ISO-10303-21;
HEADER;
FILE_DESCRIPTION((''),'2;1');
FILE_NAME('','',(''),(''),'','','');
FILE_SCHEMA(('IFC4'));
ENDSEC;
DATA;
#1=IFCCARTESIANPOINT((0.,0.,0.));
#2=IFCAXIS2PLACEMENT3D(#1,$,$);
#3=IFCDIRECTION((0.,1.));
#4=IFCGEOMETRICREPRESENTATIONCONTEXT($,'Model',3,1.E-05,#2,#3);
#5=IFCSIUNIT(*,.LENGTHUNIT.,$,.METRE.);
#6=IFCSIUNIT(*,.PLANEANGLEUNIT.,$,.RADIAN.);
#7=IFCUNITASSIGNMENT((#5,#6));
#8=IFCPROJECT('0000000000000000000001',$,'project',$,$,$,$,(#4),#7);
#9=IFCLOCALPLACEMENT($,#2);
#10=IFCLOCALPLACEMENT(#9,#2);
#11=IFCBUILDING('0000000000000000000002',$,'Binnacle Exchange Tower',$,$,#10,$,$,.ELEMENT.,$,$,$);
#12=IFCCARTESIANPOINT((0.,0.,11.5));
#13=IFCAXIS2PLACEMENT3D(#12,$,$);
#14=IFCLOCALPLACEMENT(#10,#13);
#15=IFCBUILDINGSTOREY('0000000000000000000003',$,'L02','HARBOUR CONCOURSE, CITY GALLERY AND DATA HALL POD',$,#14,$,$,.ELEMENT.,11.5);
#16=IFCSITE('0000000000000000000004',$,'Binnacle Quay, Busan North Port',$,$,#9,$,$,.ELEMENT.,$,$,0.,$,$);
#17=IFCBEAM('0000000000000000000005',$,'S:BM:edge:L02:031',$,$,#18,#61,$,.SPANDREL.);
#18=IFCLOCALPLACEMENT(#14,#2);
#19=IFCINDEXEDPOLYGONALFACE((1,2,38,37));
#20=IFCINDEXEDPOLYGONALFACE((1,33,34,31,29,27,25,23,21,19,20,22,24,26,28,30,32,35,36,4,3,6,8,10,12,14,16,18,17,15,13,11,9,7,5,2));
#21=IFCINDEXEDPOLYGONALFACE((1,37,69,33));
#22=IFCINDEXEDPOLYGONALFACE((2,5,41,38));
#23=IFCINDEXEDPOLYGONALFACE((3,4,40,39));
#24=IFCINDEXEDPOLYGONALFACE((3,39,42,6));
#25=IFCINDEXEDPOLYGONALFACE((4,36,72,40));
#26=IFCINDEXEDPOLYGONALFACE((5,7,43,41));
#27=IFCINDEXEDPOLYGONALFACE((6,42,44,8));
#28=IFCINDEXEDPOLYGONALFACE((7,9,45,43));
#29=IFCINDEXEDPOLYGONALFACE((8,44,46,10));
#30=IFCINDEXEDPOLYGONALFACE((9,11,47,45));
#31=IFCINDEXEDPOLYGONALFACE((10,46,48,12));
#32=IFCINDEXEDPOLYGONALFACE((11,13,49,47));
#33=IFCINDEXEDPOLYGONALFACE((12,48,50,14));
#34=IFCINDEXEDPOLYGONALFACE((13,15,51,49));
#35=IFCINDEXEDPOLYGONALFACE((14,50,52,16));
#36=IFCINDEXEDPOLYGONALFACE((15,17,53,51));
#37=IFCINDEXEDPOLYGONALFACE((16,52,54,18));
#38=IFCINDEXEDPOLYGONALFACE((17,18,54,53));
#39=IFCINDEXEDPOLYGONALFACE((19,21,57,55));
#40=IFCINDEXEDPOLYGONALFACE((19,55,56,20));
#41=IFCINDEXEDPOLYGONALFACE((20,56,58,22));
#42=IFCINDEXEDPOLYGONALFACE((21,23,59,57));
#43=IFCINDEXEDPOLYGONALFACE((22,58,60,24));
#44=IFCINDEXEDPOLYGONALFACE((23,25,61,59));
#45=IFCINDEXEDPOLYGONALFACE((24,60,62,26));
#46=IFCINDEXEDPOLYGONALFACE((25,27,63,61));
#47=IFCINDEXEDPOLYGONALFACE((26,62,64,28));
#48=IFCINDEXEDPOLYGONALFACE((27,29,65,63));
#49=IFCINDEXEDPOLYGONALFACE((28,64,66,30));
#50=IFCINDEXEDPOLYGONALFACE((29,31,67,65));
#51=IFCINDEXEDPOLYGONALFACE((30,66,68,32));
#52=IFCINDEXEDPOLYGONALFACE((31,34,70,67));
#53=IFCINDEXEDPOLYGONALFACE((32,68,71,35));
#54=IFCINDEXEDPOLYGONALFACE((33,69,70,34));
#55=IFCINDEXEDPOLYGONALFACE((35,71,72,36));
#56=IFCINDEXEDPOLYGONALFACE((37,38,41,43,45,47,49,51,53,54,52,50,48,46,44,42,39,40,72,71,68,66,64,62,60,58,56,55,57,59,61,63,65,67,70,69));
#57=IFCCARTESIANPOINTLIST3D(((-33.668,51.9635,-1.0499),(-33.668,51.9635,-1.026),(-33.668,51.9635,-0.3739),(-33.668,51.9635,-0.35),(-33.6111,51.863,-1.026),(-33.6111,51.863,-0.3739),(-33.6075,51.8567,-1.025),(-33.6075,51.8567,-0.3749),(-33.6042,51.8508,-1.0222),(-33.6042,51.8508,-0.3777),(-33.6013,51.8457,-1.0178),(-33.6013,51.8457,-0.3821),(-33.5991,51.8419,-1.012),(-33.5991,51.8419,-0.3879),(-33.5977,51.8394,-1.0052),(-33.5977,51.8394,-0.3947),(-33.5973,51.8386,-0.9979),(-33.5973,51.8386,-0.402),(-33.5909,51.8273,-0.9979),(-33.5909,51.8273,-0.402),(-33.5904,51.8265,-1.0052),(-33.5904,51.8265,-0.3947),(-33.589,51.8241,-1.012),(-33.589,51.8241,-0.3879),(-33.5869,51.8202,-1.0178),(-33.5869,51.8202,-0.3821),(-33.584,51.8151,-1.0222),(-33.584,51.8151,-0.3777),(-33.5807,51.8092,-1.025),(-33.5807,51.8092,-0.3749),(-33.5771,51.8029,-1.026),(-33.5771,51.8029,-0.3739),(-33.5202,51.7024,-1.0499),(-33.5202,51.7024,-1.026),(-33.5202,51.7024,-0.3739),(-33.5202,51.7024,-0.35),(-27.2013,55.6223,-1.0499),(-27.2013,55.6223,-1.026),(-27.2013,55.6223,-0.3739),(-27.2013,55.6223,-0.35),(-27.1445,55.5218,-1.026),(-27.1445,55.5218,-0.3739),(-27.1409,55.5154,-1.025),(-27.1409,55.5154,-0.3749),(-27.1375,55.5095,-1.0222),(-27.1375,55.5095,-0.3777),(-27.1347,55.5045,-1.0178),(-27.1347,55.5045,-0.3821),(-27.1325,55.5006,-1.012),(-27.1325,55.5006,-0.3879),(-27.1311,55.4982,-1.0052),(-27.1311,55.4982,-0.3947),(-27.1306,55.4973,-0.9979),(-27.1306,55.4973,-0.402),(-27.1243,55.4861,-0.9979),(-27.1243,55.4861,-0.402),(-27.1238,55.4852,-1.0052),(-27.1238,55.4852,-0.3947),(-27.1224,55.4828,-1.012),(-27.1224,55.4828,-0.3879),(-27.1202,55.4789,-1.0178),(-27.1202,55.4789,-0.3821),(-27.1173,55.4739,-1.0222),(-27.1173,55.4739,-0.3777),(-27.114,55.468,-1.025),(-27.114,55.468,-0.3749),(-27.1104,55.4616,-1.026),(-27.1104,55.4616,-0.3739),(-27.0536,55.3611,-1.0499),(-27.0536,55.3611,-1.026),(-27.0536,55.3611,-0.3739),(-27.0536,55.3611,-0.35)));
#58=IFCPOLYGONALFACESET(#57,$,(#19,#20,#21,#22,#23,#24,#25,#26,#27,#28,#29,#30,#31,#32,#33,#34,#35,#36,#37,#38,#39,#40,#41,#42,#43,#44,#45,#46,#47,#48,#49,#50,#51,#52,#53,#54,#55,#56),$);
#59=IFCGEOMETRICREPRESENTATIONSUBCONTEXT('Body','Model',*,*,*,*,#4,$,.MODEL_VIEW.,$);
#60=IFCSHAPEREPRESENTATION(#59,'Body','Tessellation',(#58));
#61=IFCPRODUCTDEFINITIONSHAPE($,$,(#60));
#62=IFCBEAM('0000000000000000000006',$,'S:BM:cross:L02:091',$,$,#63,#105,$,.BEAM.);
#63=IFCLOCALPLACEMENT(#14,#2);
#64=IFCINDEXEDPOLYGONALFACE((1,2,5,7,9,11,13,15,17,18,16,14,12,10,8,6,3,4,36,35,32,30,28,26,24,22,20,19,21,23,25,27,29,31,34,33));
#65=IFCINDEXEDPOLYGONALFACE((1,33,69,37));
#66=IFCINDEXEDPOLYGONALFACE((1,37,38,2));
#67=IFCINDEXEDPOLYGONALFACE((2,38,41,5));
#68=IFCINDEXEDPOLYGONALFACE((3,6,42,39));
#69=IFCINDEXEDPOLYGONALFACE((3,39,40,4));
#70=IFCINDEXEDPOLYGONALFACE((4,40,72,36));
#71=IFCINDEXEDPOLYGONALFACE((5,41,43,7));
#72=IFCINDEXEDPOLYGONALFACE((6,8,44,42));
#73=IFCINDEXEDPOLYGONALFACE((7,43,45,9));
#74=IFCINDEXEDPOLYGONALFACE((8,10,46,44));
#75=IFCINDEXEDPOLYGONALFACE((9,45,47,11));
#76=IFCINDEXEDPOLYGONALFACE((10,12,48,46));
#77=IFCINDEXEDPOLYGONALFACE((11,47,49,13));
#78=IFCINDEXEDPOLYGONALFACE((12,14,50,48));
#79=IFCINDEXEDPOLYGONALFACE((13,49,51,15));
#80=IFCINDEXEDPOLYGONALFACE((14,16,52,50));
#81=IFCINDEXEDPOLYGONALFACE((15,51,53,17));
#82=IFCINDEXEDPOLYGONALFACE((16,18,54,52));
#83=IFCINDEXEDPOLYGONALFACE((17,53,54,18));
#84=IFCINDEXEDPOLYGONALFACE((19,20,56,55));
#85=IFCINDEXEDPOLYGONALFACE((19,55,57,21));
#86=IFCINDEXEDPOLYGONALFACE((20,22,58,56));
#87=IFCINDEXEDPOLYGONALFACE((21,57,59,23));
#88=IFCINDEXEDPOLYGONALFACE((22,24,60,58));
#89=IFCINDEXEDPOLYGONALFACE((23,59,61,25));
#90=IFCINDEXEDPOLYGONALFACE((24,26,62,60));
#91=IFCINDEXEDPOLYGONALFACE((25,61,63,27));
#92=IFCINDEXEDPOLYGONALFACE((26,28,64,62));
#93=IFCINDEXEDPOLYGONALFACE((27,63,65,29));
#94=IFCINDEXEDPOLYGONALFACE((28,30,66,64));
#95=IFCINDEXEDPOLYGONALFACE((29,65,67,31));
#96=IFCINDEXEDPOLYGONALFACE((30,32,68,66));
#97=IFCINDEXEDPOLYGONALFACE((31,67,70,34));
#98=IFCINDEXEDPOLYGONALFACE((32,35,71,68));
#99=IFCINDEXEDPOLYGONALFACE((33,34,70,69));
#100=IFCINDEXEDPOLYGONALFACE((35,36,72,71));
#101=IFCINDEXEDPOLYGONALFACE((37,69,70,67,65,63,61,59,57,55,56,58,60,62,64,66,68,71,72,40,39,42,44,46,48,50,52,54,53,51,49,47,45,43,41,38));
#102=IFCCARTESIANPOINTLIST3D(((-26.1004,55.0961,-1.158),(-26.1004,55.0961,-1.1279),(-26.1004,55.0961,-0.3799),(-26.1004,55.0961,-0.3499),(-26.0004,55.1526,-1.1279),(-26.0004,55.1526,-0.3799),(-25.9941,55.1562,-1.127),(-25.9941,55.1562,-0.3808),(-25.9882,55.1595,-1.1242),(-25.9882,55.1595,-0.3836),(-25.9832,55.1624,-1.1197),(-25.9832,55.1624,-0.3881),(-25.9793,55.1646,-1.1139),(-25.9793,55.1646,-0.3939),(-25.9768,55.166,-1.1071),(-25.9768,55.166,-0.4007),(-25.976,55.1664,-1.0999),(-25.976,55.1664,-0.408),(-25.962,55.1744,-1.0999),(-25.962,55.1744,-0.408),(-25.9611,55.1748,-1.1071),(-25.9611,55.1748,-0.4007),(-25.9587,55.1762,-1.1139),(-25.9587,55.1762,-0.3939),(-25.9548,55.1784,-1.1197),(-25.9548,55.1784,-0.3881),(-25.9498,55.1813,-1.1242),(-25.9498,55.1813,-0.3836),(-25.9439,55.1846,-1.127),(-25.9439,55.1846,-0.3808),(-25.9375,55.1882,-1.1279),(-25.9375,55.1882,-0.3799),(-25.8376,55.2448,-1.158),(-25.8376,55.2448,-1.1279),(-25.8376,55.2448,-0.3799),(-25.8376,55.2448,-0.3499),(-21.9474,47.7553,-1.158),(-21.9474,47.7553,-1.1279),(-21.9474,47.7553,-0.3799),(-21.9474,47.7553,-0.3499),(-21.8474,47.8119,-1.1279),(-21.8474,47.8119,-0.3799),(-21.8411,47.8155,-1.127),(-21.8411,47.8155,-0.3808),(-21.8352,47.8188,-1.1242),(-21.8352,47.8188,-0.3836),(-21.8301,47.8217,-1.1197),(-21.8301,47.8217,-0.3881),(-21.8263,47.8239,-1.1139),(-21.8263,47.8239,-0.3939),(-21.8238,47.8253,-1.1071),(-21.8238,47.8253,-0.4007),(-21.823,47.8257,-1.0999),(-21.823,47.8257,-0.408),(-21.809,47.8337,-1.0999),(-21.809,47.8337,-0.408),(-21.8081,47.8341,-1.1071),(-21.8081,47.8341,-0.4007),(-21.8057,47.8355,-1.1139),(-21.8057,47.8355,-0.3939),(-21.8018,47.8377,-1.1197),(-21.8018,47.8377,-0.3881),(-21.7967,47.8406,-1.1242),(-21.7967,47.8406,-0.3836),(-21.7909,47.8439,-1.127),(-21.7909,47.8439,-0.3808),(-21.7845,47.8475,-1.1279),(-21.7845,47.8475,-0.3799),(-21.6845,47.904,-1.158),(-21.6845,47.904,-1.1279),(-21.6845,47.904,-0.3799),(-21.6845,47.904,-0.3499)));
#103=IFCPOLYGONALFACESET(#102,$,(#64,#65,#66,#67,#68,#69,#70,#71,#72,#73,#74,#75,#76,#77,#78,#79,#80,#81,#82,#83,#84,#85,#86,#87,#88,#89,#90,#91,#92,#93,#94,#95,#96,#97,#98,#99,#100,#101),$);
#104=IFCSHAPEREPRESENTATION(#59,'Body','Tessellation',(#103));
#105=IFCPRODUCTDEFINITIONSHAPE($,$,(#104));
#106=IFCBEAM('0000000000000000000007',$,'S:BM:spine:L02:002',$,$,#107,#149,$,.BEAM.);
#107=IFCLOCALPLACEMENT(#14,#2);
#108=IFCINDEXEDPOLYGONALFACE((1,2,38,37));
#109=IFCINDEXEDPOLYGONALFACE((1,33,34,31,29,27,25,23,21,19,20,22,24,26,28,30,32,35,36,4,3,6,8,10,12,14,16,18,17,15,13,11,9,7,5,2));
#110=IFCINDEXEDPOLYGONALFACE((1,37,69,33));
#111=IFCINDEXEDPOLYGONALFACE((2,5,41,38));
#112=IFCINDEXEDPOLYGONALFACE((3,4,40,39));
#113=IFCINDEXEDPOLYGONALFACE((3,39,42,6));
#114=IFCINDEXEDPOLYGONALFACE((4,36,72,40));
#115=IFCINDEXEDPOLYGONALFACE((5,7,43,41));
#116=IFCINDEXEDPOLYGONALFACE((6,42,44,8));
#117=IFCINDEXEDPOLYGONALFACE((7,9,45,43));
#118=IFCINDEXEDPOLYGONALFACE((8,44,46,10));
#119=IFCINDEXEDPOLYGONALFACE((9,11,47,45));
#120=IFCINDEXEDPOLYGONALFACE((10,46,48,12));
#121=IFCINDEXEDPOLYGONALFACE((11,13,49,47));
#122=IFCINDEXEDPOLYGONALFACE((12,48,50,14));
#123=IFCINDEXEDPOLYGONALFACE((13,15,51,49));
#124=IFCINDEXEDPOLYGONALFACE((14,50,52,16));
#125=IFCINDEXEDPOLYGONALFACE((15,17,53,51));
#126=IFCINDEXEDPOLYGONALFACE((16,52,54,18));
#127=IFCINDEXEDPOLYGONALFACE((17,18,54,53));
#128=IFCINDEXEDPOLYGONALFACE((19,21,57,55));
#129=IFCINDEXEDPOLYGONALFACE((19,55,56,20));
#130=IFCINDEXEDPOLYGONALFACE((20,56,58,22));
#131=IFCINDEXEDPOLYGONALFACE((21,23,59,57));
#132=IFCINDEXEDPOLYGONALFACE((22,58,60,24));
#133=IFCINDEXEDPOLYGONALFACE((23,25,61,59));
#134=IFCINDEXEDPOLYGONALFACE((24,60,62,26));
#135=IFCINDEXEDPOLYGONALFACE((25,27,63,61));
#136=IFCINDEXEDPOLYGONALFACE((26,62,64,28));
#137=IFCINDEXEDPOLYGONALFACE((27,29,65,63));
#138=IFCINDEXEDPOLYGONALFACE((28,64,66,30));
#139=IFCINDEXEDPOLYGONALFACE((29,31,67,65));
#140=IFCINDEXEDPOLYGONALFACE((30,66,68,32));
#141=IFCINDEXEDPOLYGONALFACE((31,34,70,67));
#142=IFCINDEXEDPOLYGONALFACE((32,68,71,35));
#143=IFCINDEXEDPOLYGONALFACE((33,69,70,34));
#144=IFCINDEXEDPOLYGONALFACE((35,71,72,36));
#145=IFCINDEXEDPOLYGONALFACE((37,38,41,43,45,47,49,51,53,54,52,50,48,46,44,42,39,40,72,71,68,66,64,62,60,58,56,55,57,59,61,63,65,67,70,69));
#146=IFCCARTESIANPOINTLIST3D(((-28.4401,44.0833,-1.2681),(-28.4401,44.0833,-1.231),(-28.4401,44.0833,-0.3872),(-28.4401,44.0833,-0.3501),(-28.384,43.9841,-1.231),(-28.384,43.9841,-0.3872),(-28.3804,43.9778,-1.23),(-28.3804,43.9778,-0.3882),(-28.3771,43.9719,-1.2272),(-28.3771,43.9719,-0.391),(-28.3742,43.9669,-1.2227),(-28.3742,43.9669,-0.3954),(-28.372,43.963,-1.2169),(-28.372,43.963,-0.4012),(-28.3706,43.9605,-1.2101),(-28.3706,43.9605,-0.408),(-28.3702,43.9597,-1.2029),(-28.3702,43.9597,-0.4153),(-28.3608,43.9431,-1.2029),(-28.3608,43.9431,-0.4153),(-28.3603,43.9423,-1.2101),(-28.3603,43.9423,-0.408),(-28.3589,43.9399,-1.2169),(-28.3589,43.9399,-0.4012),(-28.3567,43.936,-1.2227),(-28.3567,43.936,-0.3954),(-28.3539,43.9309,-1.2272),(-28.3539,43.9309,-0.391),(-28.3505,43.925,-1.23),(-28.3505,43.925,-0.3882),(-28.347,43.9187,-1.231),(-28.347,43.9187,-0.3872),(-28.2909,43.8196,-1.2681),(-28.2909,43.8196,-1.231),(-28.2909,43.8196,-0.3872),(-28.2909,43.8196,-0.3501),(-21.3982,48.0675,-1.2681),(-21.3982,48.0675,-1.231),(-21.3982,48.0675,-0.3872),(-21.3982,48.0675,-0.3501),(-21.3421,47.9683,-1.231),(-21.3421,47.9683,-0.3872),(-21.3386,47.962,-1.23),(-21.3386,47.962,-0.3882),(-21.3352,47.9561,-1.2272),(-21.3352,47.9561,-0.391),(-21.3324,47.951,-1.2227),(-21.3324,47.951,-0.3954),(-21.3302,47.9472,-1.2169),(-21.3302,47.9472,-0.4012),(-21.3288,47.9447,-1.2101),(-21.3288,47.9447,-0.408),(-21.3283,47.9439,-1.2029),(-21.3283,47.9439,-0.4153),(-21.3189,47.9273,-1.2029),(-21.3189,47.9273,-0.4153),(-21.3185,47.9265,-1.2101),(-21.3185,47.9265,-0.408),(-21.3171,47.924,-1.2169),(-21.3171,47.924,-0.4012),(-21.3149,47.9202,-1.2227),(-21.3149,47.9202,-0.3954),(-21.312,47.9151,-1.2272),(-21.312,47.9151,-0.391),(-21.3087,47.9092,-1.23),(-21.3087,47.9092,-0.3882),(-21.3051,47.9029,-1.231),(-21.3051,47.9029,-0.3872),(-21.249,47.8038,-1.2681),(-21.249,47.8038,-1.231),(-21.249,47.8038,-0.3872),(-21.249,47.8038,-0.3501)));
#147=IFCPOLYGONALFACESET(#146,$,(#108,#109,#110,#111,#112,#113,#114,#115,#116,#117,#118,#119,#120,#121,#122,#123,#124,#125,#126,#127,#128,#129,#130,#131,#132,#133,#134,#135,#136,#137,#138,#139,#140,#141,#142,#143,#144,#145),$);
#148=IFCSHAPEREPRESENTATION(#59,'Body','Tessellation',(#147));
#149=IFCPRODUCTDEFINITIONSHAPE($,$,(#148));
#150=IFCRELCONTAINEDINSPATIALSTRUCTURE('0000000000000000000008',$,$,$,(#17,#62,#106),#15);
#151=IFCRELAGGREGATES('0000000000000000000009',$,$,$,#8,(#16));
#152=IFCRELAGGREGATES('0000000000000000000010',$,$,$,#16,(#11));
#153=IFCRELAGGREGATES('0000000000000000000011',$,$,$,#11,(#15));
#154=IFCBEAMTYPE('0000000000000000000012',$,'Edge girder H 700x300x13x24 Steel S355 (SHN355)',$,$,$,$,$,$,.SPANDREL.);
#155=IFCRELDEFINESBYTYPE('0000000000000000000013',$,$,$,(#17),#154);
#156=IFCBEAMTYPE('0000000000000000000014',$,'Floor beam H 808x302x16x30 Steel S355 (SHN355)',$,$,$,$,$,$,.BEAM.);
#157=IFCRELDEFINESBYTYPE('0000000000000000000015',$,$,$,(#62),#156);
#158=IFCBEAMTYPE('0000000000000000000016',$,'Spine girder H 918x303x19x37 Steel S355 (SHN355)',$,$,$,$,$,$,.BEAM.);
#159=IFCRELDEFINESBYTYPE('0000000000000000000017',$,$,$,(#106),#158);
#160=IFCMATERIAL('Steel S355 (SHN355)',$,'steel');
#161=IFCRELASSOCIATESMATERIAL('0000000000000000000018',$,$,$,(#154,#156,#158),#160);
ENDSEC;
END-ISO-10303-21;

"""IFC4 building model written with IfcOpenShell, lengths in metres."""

from ifc_helpers import new_model, si_unit, direction, frame, origin, origin_2d, place, context, subcontext, project, spatial, i_section, extrude, material, material_profile, profile_set, type_object, element, save


model = new_model("IFC4")

# Units and contexts
model_context = context("Model", 3, precision=1e-05, world=origin(), true_north=direction((0.0, 1.0)))
body_context = subcontext(model_context, "Body", "Model", "MODEL_VIEW")
ifc_project = project(units=[si_unit("LENGTHUNIT", "METRE"), si_unit("PLANEANGLEUNIT", "RADIAN")], contexts=[model_context])

# Site, building, storey
site_placement = place(None, origin())
site = spatial("IfcSite", under=ifc_project, at=site_placement, Name="Binnacle Quay, Busan North Port", CompositionType="ELEMENT", RefElevation=0.0)
building_placement = place(site_placement, origin())
building = spatial("IfcBuilding", under=site, at=building_placement, Name="Binnacle Exchange Tower", CompositionType="ELEMENT")
storey_placement = place(building_placement, frame((0.0, 0.0, 11.5)))
storey = spatial("IfcBuildingStorey", under=building, at=storey_placement, Name="L02", Description="HARBOUR CONCOURSE, CITY GALLERY AND DATA HALL POD", CompositionType="ELEMENT", Elevation=11.5)

# Beams
ifc_material_1 = material(Name="Steel S355 (SHN355)", Category="steel")
ifc_material_profile_1 = material_profile(ifc_material_1, i_section(OverallWidth=0.3, OverallDepth=0.7, WebThickness=0.0129, FlangeThickness=0.0239, FilletRadius=0.0281, at=origin_2d()), Name="H 700x300x13x24")
ifc_profile_set_1 = profile_set([ifc_material_profile_1], Name="Steel S355 (SHN355)")
beam_type_1 = type_object("IfcBeamType", Name="Edge girder H 700x300x13x24 Steel S355 (SHN355)", PredefinedType="SPANDREL", material=ifc_profile_set_1)
beam_1_placement = place(storey_placement, frame((-27.1274, 55.4917, -0.7), z_axis=(-0.87035, -0.492433, 0.0), x_axis=(0.492433, -0.87035, 0.0)))
element("IfcBeam", 1, at=beam_1_placement, inside=storey, type_object=beam_type_1, Name="S:BM:edge:L02:031", PredefinedType="SPANDREL", context=body_context, shape_type="SweptSolid", body=[
    extrude(i_section(OverallWidth=0.3, OverallDepth=0.7, WebThickness=0.0129, FlangeThickness=0.0239, FilletRadius=0.0281, at=origin_2d()), origin(), (0.0, 0.0, 1.0), 7.4299),
])
ifc_material_profile_2 = material_profile(ifc_material_1, i_section(OverallWidth=0.302, OverallDepth=0.8081, WebThickness=0.0161, FlangeThickness=0.03, FilletRadius=0.0281, at=origin_2d()), Name="H 808x302x16x30")
ifc_profile_set_2 = profile_set([ifc_material_profile_2], Name="Steel S355 (SHN355)")
beam_type_2 = type_object("IfcBeamType", Name="Floor beam H 808x302x16x30 Steel S355 (SHN355)", PredefinedType="BEAM", material=ifc_profile_set_2)
beam_2_placement = place(storey_placement, frame((-25.969, 55.1704, -0.7539), z_axis=(0.492409, -0.870364, 0.0), x_axis=(0.870364, 0.492409, 0.0)))
element("IfcBeam", 2, at=beam_2_placement, inside=storey, type_object=beam_type_2, Name="S:BM:cross:L02:091", PredefinedType="BEAM", context=body_context, shape_type="SweptSolid", body=[
    extrude(i_section(OverallWidth=0.302, OverallDepth=0.8081, WebThickness=0.0161, FlangeThickness=0.03, FilletRadius=0.0281, at=origin_2d()), origin(), (0.0, 0.0, 1.0), 8.4341),
])
ifc_material_profile_3 = material_profile(ifc_material_1, i_section(OverallWidth=0.303, OverallDepth=0.918, WebThickness=0.019, FlangeThickness=0.0371, FilletRadius=0.0281, at=origin_2d()), Name="H 918x303x19x37")
ifc_profile_set_3 = profile_set([ifc_material_profile_3], Name="Steel S355 (SHN355)")
beam_type_3 = type_object("IfcBeamType", Name="Spine girder H 918x303x19x37 Steel S355 (SHN355)", PredefinedType="BEAM", material=ifc_profile_set_3)
beam_3_placement = place(storey_placement, frame((-28.3655, 43.9514, -0.8091), z_axis=(0.87035, 0.492433, 0.0), x_axis=(-0.492433, 0.87035, 0.0)))
element("IfcBeam", 3, at=beam_3_placement, inside=storey, type_object=beam_type_3, Name="S:BM:spine:L02:002", PredefinedType="BEAM", context=body_context, shape_type="SweptSolid", body=[
    extrude(i_section(OverallWidth=0.303, OverallDepth=0.918, WebThickness=0.019, FlangeThickness=0.0371, FilletRadius=0.0281, at=origin_2d()), origin(), (0.0, 0.0, 1.0), 8.0908),
])

save(model, "model.ifc")
